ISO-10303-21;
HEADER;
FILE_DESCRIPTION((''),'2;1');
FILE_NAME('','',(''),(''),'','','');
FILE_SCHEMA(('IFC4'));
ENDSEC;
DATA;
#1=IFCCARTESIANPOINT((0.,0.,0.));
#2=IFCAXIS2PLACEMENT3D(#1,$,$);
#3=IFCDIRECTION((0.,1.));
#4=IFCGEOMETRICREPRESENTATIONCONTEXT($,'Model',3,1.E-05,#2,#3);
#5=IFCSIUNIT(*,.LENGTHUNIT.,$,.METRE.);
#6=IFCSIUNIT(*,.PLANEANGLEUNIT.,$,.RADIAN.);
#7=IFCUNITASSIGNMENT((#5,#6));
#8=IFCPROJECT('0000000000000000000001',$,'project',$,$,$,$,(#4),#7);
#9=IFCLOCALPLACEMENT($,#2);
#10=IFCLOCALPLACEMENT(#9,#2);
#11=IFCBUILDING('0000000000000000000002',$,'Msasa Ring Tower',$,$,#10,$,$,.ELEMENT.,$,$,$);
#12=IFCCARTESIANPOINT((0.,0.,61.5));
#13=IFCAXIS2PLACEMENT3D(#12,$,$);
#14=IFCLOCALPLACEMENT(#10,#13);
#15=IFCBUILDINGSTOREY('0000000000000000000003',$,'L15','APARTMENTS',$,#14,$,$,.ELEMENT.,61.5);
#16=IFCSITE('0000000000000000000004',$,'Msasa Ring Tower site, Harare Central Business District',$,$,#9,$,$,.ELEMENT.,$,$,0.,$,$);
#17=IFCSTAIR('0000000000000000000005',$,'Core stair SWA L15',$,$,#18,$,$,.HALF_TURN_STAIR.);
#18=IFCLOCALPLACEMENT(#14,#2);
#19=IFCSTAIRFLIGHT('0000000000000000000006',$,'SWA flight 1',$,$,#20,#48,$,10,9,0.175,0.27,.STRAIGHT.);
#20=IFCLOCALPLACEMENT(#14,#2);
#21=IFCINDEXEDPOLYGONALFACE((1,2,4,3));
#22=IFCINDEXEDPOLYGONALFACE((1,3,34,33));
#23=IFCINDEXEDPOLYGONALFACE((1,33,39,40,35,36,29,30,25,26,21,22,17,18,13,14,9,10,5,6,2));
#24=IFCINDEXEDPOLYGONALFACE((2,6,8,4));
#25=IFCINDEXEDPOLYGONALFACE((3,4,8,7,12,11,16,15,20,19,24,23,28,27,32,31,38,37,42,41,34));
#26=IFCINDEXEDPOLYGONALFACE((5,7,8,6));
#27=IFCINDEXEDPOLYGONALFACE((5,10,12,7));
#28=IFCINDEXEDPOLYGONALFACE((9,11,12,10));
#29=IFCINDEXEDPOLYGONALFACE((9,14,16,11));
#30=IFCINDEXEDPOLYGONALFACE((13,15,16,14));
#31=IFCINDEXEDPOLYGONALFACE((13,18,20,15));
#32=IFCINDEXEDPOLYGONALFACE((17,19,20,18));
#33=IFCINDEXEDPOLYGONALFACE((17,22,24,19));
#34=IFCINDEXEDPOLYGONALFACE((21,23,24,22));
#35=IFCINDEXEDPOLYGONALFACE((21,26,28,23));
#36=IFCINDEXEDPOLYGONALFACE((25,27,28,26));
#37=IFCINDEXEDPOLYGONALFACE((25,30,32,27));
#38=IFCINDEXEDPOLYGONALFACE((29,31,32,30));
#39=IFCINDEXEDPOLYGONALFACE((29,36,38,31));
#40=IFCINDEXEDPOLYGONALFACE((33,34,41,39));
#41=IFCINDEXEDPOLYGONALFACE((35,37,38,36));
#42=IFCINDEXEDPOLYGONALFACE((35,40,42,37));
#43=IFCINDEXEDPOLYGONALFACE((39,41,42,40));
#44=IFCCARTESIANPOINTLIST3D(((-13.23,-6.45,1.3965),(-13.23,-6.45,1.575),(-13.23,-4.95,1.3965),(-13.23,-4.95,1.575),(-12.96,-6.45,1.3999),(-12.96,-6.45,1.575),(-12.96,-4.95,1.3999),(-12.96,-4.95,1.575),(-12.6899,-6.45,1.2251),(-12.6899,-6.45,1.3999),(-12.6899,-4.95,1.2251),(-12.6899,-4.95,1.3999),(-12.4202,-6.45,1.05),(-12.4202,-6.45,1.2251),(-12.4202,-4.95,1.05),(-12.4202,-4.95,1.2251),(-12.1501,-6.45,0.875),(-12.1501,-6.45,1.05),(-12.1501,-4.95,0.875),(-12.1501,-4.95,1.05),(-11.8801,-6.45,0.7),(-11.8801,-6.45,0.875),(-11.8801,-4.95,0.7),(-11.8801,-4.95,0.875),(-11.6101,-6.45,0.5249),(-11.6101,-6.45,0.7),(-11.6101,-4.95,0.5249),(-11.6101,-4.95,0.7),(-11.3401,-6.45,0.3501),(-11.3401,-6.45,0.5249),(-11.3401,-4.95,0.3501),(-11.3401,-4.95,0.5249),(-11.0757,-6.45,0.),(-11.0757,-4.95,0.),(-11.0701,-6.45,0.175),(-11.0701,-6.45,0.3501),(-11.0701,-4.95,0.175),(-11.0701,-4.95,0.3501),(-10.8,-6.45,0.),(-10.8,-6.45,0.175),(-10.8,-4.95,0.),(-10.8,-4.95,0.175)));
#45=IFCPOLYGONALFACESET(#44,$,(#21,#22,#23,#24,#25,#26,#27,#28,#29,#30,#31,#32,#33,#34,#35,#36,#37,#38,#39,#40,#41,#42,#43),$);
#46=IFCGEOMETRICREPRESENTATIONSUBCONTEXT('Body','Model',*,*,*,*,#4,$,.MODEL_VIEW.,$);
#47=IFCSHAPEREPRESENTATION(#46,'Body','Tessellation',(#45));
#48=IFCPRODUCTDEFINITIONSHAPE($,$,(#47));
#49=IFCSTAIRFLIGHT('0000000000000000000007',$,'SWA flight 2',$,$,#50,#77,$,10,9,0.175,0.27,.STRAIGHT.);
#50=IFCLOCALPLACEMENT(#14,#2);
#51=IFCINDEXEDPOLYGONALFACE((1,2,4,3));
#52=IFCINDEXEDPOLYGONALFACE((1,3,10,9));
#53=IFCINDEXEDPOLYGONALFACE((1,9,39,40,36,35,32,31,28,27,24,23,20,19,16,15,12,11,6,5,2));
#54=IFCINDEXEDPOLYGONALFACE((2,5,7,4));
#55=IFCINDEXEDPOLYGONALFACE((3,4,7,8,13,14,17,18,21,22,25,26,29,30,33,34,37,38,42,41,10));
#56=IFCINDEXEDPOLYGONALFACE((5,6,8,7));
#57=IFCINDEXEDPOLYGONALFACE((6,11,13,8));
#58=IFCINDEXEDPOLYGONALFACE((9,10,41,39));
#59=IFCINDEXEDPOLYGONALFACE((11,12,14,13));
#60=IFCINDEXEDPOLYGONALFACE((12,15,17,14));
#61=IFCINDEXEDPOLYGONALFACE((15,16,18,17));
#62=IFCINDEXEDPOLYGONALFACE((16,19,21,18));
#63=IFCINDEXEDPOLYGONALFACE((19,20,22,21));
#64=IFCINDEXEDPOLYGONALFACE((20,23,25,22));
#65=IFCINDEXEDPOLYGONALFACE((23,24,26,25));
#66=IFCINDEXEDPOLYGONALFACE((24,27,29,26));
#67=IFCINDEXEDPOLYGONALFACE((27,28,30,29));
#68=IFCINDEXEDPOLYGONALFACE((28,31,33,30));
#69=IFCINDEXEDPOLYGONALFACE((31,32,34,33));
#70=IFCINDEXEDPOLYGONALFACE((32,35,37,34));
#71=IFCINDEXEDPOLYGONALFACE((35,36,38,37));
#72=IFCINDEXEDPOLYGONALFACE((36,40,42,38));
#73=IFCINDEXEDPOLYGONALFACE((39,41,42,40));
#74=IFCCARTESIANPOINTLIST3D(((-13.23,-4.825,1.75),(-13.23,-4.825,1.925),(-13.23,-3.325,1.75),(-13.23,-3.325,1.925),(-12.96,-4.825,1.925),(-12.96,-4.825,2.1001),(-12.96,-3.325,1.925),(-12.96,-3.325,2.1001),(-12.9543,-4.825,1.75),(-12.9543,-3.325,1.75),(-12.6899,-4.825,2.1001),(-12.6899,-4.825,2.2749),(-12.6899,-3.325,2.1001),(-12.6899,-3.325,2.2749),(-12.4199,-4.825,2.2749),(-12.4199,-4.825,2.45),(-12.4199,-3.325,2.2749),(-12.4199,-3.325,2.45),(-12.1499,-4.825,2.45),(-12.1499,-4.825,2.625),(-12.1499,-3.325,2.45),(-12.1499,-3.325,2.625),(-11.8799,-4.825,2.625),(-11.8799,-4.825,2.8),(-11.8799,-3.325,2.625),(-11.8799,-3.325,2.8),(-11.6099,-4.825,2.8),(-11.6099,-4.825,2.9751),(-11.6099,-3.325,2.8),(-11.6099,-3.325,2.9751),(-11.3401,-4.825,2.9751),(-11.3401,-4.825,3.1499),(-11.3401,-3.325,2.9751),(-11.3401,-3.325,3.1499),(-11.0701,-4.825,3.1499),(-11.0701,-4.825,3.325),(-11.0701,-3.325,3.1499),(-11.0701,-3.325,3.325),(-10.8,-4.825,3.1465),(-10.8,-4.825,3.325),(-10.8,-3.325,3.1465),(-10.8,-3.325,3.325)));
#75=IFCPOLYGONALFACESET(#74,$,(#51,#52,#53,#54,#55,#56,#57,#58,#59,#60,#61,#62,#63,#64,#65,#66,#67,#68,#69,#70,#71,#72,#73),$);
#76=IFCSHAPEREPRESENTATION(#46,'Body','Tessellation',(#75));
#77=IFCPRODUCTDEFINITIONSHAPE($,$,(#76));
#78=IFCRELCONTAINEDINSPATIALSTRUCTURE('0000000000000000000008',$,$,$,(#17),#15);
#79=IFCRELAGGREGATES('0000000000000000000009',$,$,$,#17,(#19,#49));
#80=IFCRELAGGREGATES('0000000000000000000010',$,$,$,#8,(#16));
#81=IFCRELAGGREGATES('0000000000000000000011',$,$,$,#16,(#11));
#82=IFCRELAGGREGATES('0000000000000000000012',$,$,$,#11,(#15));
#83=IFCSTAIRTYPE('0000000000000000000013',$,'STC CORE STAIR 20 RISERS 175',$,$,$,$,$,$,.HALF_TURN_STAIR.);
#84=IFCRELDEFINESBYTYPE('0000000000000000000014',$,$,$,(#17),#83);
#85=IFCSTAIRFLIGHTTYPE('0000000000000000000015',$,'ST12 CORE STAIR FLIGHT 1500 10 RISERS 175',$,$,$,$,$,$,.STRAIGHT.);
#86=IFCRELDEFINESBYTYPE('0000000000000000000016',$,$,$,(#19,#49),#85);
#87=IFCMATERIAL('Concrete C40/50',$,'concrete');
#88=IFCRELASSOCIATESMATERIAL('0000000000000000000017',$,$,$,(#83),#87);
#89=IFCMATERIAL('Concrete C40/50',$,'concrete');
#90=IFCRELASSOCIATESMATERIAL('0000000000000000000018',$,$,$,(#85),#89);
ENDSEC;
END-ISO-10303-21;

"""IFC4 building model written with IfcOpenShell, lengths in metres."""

from ifc_helpers import new_model, si_unit, direction, frame, origin, place, context, subcontext, project, spatial, polyline, outline, extrude, material, type_object, element, aggregate, save


model = new_model("IFC4")

# Units and contexts
model_context = context("Model", 3, precision=1e-05, world=origin(), true_north=direction((0.0, 1.0)))
body_context = subcontext(model_context, "Body", "Model", "MODEL_VIEW")
ifc_project = project(units=[si_unit("LENGTHUNIT", "METRE"), si_unit("PLANEANGLEUNIT", "RADIAN")], contexts=[model_context])

# Site, building, storey
site_placement = place(None, origin())
site = spatial("IfcSite", under=ifc_project, at=site_placement, Name="Msasa Ring Tower site, Harare Central Business District", CompositionType="ELEMENT", RefElevation=0.0)
building_placement = place(site_placement, origin())
building = spatial("IfcBuilding", under=site, at=building_placement, Name="Msasa Ring Tower", CompositionType="ELEMENT")
storey_placement = place(building_placement, frame((0.0, 0.0, 61.5)))
storey = spatial("IfcBuildingStorey", under=building, at=storey_placement, Name="L15", Description="APARTMENTS", CompositionType="ELEMENT", Elevation=61.5)

# Stair, stair flights
ifc_material_1 = material(Name="Concrete C40/50", Category="concrete")
stair_type = type_object("IfcStairType", Name="STC CORE STAIR 20 RISERS 175", PredefinedType="HALF_TURN_STAIR", material=ifc_material_1)
stair_placement = place(storey_placement, origin())
stair = element("IfcStair", 1, at=stair_placement, inside=storey, type_object=stair_type, Name="Core stair SWA L15", PredefinedType="HALF_TURN_STAIR")
ifc_material_2 = material(Name="Concrete C40/50", Category="concrete")
stair_flight_type = type_object("IfcStairFlightType", Name="ST12 CORE STAIR FLIGHT 1500 10 RISERS 175", PredefinedType="STRAIGHT", material=ifc_material_2)
stair_flight_1_placement = place(storey_placement, frame((-10.8, -5.7, 0.0), z_axis=(0.0, 0.0, 1.0), x_axis=(-1.0, 0.0, 0.0)))
stair_flight_1 = element("IfcStairFlight", 2, at=stair_flight_1_placement, type_object=stair_flight_type, Name="SWA flight 1", NumberOfRisers=10, NumberOfTreads=9, PredefinedType="STRAIGHT", RiserHeight=0.175, TreadLength=0.27, context=body_context, shape_type="SweptSolid", body=[
    extrude(outline(polyline([(0.0, 0.0), (0.0, 0.175), (0.27, 0.175), (0.27, 0.3501), (0.54, 0.3501), (0.54, 0.5249), (0.8101, 0.5249), (0.8101, 0.7), (1.0801, 0.7), (1.0801, 0.875), (1.3501, 0.875), (1.3501, 1.05), (1.6201, 1.05), (1.6201, 1.2251), (1.8899, 1.2251), (1.8899, 1.3999), (2.1599, 1.3999), (2.1599, 1.575), (2.4299, 1.575), (2.4299, 1.75), (2.4299, 1.3965), (0.2756, 0.0), (0.0, 0.0)])), frame((0.0, 0.75, 0.0), z_axis=(0.0, -1.0, 0.0), x_axis=(1.0, 0.0, 0.0)), (0.0, 0.0, 1.0), 1.5),
])
stair_flight_2_placement = place(storey_placement, frame((-13.23, -4.075, 1.75), z_axis=(0.0, 0.0, 1.0), x_axis=(1.0, 0.0, 0.0)))
stair_flight_2 = element("IfcStairFlight", 3, at=stair_flight_2_placement, type_object=stair_flight_type, Name="SWA flight 2", NumberOfRisers=10, NumberOfTreads=9, PredefinedType="STRAIGHT", RiserHeight=0.175, TreadLength=0.27, context=body_context, shape_type="SweptSolid", body=[
    extrude(outline(polyline([(0.0, 0.0), (0.0, 0.175), (0.27, 0.175), (0.27, 0.3501), (0.54, 0.3501), (0.54, 0.5249), (0.8101, 0.5249), (0.8101, 0.7), (1.0801, 0.7), (1.0801, 0.875), (1.3501, 0.875), (1.3501, 1.05), (1.6201, 1.05), (1.6201, 1.2251), (1.8899, 1.2251), (1.8899, 1.3999), (2.1599, 1.3999), (2.1599, 1.575), (2.4299, 1.575), (2.4299, 1.75), (2.4299, 1.3965), (0.2756, 0.0), (0.0, 0.0)])), frame((0.0, 0.75, 0.0), z_axis=(0.0, -1.0, 0.0), x_axis=(1.0, 0.0, 0.0)), (0.0, 0.0, 1.0), 1.5),
])
aggregate(stair, [stair_flight_1, stair_flight_2])

save(model, "model.ifc")
